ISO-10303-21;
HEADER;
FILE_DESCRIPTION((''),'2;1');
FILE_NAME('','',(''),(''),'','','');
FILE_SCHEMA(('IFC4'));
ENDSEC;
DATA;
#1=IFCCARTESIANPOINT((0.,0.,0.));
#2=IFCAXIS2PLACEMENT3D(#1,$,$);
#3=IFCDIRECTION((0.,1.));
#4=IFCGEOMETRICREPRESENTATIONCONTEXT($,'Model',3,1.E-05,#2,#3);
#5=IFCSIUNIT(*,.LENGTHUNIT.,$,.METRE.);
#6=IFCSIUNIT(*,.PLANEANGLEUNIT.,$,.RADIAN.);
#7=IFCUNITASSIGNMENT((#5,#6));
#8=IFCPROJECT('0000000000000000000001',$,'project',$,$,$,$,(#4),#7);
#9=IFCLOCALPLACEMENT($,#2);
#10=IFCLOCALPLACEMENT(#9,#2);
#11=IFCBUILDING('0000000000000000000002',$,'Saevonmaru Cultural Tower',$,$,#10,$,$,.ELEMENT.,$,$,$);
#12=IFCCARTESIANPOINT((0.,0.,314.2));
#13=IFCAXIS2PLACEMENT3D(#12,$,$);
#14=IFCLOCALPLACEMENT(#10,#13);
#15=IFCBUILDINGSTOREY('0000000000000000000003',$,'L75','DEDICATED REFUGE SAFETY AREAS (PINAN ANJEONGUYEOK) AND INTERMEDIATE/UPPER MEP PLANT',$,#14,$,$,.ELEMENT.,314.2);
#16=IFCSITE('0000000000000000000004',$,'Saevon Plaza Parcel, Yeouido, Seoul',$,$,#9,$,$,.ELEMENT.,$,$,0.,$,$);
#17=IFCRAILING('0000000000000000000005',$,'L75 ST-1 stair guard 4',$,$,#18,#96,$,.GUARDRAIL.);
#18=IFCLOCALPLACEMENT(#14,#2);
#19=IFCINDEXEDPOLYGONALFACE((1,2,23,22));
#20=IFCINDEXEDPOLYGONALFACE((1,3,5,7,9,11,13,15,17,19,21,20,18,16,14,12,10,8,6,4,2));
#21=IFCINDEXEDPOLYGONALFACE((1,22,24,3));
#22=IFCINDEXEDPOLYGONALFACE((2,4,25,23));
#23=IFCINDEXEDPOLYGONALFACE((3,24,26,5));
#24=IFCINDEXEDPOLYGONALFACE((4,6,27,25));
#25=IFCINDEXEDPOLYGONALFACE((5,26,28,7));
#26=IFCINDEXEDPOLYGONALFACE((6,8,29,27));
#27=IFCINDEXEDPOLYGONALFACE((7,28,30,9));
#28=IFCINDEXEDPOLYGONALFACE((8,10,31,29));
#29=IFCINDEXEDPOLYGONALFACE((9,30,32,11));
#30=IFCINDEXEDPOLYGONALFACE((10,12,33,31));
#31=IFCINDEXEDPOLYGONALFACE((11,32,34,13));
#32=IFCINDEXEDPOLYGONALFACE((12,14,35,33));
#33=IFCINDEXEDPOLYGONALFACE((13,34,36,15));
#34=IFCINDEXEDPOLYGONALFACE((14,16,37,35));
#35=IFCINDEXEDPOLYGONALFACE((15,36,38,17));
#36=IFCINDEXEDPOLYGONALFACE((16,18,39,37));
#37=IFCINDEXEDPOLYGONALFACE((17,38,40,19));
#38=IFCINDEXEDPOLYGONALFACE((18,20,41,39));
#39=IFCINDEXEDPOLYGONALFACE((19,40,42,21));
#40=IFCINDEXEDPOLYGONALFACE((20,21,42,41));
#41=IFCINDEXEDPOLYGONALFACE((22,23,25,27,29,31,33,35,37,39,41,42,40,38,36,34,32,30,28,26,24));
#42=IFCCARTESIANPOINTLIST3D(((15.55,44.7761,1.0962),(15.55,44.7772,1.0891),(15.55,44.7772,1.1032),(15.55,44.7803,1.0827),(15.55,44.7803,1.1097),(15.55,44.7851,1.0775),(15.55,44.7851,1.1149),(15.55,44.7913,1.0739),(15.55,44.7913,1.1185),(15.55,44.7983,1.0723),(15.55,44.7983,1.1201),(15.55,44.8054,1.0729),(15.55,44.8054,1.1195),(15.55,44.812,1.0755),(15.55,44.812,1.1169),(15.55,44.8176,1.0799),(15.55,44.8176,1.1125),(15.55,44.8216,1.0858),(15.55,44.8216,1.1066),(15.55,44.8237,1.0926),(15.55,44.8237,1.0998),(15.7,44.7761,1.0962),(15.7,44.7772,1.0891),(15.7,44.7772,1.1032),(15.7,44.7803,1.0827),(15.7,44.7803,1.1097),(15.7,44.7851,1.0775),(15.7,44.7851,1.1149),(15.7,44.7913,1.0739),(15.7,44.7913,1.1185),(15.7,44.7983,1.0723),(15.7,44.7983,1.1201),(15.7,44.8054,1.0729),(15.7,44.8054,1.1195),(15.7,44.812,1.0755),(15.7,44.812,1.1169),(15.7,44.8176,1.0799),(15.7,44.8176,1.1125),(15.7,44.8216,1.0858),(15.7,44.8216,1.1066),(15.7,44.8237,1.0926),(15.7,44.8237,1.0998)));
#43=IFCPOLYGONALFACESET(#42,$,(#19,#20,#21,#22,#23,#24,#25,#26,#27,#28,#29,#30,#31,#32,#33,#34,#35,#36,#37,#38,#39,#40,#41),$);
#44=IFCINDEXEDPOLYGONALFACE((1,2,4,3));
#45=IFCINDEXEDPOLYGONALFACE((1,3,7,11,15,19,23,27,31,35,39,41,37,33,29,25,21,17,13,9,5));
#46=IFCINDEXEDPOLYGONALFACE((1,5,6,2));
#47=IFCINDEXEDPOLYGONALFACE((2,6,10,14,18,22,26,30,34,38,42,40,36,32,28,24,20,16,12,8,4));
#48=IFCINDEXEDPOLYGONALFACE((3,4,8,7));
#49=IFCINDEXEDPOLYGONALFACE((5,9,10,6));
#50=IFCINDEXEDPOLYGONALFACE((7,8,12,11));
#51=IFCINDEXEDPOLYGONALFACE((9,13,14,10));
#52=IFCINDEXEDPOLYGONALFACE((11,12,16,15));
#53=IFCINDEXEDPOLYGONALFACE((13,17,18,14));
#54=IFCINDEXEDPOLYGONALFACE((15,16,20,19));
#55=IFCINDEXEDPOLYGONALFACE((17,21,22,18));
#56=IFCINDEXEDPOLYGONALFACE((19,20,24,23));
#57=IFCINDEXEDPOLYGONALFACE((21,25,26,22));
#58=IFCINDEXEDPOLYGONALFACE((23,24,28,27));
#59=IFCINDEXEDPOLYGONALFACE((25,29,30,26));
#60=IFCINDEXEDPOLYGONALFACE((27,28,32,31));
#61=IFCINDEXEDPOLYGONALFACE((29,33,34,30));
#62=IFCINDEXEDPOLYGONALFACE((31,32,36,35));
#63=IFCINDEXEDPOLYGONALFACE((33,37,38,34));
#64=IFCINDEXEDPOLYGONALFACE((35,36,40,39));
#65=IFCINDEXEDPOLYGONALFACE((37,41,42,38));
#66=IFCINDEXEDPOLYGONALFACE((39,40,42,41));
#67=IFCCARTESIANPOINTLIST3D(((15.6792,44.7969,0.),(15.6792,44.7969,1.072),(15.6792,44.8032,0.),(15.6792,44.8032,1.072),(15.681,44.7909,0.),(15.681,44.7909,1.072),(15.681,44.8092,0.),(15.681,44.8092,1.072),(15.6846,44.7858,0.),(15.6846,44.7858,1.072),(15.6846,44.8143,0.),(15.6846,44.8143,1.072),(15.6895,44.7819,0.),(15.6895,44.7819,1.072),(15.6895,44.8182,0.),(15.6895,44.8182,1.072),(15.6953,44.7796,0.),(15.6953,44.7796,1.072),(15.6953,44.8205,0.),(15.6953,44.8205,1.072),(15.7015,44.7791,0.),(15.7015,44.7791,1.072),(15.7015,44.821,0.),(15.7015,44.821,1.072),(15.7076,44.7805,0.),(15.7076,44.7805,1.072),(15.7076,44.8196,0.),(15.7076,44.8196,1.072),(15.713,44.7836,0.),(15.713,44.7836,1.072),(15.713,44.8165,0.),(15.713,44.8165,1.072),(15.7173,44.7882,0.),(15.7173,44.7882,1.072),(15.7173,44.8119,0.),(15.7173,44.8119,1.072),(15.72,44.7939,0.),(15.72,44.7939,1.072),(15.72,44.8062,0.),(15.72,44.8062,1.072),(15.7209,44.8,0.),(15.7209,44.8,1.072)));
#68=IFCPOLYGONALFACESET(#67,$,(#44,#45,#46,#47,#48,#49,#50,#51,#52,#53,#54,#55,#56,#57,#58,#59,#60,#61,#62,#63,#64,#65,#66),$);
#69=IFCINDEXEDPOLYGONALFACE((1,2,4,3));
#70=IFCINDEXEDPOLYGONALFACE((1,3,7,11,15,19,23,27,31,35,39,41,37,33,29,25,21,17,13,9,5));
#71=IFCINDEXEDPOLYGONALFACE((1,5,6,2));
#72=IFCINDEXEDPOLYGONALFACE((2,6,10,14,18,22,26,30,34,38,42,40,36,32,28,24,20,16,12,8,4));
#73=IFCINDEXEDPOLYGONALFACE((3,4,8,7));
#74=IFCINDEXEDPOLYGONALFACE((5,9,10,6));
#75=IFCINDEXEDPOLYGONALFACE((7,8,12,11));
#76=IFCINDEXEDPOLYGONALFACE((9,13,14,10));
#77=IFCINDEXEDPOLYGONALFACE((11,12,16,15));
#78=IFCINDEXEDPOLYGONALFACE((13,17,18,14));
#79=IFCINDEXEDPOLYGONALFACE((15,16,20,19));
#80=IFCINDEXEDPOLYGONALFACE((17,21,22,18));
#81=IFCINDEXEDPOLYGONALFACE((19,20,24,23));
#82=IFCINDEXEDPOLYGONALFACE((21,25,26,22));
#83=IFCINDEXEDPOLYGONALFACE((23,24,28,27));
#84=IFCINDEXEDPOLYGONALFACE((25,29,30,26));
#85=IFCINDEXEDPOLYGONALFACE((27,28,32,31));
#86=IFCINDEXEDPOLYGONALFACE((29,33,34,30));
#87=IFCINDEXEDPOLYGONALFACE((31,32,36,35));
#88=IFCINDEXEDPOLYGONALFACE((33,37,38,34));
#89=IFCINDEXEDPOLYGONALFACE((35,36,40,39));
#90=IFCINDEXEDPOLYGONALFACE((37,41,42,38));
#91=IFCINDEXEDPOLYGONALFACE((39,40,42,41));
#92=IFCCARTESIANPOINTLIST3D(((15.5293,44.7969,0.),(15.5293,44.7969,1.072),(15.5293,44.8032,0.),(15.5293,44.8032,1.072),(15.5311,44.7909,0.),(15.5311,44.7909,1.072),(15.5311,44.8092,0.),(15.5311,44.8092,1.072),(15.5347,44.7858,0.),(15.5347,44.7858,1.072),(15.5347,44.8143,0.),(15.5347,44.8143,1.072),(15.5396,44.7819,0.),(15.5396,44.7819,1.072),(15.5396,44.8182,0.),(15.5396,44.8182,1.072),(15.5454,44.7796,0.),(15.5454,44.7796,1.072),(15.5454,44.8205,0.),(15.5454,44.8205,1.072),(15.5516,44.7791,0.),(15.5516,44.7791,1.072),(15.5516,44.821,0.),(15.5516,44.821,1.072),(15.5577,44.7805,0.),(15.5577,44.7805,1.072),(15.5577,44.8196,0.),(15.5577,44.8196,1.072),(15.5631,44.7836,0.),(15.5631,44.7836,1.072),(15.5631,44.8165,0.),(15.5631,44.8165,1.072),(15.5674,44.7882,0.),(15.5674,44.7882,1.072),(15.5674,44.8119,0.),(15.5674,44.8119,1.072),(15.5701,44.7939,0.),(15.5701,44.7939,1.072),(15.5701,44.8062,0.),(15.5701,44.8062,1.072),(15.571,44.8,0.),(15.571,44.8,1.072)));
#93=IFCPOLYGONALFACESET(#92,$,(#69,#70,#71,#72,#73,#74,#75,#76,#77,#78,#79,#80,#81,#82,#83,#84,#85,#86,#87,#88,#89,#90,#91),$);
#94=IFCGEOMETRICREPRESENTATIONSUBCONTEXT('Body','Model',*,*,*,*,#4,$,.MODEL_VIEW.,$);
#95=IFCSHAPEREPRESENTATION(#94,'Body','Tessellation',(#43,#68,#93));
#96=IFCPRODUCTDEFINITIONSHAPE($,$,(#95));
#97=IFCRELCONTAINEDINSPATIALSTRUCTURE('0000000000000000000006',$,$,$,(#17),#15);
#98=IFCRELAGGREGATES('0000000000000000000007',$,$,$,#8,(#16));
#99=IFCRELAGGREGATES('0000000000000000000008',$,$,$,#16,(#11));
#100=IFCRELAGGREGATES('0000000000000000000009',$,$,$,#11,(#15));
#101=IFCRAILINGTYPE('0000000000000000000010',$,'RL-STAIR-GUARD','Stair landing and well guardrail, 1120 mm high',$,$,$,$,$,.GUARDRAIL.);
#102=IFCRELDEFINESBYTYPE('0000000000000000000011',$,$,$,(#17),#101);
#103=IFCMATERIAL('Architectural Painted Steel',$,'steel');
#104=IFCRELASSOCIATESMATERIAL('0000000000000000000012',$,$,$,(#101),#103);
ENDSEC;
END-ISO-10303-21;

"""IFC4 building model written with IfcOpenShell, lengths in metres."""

from ifc_helpers import new_model, si_unit, direction, frame, origin, origin_2d, place, context, subcontext, project, spatial, circle, extrude, material, type_object, element, save


model = new_model("IFC4")

# Units and contexts
model_context = context("Model", 3, precision=1e-05, world=origin(), true_north=direction((0.0, 1.0)))
body_context = subcontext(model_context, "Body", "Model", "MODEL_VIEW")
ifc_project = project(units=[si_unit("LENGTHUNIT", "METRE"), si_unit("PLANEANGLEUNIT", "RADIAN")], contexts=[model_context])

# Site, building, storey
site_placement = place(None, origin())
site = spatial("IfcSite", under=ifc_project, at=site_placement, Name="Saevon Plaza Parcel, Yeouido, Seoul", CompositionType="ELEMENT", RefElevation=0.0)
building_placement = place(site_placement, origin())
building = spatial("IfcBuilding", under=site, at=building_placement, Name="Saevonmaru Cultural Tower", CompositionType="ELEMENT")
storey_placement = place(building_placement, frame((0.0, 0.0, 314.2)))
storey = spatial("IfcBuildingStorey", under=building, at=storey_placement, Name="L75", Description="DEDICATED REFUGE SAFETY AREAS (PINAN ANJEONGUYEOK) AND INTERMEDIATE/UPPER MEP PLANT", CompositionType="ELEMENT", Elevation=314.2)

# Railing
ifc_material_1 = material(Name="Architectural Painted Steel", Category="steel")
railing_type_1 = type_object("IfcRailingType", Name="RL-STAIR-GUARD", Description="Stair landing and well guardrail, 1120 mm high", PredefinedType="GUARDRAIL", material=ifc_material_1)
railing_1_placement = place(storey_placement, frame((15.7, 44.8, 0.0)))
element("IfcRailing", 1, at=railing_1_placement, inside=storey, type_object=railing_type_1, Name="L75 ST-1 stair guard 4", PredefinedType="GUARDRAIL", context=body_context, shape_type="SweptSolid", body=[
    extrude(circle(Radius=0.0239, at=origin_2d()), frame((0.0, 0.0, 1.0962), z_axis=(-1.0, 0.0, 0.0), x_axis=(0.0, -1.0, 0.0)), (0.0, 0.0, 1.0), 0.1499),
    extrude(circle(Radius=0.021, at=origin_2d()), origin(), (0.0, 0.0, 1.0), 1.072),
    extrude(circle(Radius=0.021, at=origin_2d()), frame((-0.1499, 0.0, 0.0)), (0.0, 0.0, 1.0), 1.072),
])

save(model, "model.ifc")
